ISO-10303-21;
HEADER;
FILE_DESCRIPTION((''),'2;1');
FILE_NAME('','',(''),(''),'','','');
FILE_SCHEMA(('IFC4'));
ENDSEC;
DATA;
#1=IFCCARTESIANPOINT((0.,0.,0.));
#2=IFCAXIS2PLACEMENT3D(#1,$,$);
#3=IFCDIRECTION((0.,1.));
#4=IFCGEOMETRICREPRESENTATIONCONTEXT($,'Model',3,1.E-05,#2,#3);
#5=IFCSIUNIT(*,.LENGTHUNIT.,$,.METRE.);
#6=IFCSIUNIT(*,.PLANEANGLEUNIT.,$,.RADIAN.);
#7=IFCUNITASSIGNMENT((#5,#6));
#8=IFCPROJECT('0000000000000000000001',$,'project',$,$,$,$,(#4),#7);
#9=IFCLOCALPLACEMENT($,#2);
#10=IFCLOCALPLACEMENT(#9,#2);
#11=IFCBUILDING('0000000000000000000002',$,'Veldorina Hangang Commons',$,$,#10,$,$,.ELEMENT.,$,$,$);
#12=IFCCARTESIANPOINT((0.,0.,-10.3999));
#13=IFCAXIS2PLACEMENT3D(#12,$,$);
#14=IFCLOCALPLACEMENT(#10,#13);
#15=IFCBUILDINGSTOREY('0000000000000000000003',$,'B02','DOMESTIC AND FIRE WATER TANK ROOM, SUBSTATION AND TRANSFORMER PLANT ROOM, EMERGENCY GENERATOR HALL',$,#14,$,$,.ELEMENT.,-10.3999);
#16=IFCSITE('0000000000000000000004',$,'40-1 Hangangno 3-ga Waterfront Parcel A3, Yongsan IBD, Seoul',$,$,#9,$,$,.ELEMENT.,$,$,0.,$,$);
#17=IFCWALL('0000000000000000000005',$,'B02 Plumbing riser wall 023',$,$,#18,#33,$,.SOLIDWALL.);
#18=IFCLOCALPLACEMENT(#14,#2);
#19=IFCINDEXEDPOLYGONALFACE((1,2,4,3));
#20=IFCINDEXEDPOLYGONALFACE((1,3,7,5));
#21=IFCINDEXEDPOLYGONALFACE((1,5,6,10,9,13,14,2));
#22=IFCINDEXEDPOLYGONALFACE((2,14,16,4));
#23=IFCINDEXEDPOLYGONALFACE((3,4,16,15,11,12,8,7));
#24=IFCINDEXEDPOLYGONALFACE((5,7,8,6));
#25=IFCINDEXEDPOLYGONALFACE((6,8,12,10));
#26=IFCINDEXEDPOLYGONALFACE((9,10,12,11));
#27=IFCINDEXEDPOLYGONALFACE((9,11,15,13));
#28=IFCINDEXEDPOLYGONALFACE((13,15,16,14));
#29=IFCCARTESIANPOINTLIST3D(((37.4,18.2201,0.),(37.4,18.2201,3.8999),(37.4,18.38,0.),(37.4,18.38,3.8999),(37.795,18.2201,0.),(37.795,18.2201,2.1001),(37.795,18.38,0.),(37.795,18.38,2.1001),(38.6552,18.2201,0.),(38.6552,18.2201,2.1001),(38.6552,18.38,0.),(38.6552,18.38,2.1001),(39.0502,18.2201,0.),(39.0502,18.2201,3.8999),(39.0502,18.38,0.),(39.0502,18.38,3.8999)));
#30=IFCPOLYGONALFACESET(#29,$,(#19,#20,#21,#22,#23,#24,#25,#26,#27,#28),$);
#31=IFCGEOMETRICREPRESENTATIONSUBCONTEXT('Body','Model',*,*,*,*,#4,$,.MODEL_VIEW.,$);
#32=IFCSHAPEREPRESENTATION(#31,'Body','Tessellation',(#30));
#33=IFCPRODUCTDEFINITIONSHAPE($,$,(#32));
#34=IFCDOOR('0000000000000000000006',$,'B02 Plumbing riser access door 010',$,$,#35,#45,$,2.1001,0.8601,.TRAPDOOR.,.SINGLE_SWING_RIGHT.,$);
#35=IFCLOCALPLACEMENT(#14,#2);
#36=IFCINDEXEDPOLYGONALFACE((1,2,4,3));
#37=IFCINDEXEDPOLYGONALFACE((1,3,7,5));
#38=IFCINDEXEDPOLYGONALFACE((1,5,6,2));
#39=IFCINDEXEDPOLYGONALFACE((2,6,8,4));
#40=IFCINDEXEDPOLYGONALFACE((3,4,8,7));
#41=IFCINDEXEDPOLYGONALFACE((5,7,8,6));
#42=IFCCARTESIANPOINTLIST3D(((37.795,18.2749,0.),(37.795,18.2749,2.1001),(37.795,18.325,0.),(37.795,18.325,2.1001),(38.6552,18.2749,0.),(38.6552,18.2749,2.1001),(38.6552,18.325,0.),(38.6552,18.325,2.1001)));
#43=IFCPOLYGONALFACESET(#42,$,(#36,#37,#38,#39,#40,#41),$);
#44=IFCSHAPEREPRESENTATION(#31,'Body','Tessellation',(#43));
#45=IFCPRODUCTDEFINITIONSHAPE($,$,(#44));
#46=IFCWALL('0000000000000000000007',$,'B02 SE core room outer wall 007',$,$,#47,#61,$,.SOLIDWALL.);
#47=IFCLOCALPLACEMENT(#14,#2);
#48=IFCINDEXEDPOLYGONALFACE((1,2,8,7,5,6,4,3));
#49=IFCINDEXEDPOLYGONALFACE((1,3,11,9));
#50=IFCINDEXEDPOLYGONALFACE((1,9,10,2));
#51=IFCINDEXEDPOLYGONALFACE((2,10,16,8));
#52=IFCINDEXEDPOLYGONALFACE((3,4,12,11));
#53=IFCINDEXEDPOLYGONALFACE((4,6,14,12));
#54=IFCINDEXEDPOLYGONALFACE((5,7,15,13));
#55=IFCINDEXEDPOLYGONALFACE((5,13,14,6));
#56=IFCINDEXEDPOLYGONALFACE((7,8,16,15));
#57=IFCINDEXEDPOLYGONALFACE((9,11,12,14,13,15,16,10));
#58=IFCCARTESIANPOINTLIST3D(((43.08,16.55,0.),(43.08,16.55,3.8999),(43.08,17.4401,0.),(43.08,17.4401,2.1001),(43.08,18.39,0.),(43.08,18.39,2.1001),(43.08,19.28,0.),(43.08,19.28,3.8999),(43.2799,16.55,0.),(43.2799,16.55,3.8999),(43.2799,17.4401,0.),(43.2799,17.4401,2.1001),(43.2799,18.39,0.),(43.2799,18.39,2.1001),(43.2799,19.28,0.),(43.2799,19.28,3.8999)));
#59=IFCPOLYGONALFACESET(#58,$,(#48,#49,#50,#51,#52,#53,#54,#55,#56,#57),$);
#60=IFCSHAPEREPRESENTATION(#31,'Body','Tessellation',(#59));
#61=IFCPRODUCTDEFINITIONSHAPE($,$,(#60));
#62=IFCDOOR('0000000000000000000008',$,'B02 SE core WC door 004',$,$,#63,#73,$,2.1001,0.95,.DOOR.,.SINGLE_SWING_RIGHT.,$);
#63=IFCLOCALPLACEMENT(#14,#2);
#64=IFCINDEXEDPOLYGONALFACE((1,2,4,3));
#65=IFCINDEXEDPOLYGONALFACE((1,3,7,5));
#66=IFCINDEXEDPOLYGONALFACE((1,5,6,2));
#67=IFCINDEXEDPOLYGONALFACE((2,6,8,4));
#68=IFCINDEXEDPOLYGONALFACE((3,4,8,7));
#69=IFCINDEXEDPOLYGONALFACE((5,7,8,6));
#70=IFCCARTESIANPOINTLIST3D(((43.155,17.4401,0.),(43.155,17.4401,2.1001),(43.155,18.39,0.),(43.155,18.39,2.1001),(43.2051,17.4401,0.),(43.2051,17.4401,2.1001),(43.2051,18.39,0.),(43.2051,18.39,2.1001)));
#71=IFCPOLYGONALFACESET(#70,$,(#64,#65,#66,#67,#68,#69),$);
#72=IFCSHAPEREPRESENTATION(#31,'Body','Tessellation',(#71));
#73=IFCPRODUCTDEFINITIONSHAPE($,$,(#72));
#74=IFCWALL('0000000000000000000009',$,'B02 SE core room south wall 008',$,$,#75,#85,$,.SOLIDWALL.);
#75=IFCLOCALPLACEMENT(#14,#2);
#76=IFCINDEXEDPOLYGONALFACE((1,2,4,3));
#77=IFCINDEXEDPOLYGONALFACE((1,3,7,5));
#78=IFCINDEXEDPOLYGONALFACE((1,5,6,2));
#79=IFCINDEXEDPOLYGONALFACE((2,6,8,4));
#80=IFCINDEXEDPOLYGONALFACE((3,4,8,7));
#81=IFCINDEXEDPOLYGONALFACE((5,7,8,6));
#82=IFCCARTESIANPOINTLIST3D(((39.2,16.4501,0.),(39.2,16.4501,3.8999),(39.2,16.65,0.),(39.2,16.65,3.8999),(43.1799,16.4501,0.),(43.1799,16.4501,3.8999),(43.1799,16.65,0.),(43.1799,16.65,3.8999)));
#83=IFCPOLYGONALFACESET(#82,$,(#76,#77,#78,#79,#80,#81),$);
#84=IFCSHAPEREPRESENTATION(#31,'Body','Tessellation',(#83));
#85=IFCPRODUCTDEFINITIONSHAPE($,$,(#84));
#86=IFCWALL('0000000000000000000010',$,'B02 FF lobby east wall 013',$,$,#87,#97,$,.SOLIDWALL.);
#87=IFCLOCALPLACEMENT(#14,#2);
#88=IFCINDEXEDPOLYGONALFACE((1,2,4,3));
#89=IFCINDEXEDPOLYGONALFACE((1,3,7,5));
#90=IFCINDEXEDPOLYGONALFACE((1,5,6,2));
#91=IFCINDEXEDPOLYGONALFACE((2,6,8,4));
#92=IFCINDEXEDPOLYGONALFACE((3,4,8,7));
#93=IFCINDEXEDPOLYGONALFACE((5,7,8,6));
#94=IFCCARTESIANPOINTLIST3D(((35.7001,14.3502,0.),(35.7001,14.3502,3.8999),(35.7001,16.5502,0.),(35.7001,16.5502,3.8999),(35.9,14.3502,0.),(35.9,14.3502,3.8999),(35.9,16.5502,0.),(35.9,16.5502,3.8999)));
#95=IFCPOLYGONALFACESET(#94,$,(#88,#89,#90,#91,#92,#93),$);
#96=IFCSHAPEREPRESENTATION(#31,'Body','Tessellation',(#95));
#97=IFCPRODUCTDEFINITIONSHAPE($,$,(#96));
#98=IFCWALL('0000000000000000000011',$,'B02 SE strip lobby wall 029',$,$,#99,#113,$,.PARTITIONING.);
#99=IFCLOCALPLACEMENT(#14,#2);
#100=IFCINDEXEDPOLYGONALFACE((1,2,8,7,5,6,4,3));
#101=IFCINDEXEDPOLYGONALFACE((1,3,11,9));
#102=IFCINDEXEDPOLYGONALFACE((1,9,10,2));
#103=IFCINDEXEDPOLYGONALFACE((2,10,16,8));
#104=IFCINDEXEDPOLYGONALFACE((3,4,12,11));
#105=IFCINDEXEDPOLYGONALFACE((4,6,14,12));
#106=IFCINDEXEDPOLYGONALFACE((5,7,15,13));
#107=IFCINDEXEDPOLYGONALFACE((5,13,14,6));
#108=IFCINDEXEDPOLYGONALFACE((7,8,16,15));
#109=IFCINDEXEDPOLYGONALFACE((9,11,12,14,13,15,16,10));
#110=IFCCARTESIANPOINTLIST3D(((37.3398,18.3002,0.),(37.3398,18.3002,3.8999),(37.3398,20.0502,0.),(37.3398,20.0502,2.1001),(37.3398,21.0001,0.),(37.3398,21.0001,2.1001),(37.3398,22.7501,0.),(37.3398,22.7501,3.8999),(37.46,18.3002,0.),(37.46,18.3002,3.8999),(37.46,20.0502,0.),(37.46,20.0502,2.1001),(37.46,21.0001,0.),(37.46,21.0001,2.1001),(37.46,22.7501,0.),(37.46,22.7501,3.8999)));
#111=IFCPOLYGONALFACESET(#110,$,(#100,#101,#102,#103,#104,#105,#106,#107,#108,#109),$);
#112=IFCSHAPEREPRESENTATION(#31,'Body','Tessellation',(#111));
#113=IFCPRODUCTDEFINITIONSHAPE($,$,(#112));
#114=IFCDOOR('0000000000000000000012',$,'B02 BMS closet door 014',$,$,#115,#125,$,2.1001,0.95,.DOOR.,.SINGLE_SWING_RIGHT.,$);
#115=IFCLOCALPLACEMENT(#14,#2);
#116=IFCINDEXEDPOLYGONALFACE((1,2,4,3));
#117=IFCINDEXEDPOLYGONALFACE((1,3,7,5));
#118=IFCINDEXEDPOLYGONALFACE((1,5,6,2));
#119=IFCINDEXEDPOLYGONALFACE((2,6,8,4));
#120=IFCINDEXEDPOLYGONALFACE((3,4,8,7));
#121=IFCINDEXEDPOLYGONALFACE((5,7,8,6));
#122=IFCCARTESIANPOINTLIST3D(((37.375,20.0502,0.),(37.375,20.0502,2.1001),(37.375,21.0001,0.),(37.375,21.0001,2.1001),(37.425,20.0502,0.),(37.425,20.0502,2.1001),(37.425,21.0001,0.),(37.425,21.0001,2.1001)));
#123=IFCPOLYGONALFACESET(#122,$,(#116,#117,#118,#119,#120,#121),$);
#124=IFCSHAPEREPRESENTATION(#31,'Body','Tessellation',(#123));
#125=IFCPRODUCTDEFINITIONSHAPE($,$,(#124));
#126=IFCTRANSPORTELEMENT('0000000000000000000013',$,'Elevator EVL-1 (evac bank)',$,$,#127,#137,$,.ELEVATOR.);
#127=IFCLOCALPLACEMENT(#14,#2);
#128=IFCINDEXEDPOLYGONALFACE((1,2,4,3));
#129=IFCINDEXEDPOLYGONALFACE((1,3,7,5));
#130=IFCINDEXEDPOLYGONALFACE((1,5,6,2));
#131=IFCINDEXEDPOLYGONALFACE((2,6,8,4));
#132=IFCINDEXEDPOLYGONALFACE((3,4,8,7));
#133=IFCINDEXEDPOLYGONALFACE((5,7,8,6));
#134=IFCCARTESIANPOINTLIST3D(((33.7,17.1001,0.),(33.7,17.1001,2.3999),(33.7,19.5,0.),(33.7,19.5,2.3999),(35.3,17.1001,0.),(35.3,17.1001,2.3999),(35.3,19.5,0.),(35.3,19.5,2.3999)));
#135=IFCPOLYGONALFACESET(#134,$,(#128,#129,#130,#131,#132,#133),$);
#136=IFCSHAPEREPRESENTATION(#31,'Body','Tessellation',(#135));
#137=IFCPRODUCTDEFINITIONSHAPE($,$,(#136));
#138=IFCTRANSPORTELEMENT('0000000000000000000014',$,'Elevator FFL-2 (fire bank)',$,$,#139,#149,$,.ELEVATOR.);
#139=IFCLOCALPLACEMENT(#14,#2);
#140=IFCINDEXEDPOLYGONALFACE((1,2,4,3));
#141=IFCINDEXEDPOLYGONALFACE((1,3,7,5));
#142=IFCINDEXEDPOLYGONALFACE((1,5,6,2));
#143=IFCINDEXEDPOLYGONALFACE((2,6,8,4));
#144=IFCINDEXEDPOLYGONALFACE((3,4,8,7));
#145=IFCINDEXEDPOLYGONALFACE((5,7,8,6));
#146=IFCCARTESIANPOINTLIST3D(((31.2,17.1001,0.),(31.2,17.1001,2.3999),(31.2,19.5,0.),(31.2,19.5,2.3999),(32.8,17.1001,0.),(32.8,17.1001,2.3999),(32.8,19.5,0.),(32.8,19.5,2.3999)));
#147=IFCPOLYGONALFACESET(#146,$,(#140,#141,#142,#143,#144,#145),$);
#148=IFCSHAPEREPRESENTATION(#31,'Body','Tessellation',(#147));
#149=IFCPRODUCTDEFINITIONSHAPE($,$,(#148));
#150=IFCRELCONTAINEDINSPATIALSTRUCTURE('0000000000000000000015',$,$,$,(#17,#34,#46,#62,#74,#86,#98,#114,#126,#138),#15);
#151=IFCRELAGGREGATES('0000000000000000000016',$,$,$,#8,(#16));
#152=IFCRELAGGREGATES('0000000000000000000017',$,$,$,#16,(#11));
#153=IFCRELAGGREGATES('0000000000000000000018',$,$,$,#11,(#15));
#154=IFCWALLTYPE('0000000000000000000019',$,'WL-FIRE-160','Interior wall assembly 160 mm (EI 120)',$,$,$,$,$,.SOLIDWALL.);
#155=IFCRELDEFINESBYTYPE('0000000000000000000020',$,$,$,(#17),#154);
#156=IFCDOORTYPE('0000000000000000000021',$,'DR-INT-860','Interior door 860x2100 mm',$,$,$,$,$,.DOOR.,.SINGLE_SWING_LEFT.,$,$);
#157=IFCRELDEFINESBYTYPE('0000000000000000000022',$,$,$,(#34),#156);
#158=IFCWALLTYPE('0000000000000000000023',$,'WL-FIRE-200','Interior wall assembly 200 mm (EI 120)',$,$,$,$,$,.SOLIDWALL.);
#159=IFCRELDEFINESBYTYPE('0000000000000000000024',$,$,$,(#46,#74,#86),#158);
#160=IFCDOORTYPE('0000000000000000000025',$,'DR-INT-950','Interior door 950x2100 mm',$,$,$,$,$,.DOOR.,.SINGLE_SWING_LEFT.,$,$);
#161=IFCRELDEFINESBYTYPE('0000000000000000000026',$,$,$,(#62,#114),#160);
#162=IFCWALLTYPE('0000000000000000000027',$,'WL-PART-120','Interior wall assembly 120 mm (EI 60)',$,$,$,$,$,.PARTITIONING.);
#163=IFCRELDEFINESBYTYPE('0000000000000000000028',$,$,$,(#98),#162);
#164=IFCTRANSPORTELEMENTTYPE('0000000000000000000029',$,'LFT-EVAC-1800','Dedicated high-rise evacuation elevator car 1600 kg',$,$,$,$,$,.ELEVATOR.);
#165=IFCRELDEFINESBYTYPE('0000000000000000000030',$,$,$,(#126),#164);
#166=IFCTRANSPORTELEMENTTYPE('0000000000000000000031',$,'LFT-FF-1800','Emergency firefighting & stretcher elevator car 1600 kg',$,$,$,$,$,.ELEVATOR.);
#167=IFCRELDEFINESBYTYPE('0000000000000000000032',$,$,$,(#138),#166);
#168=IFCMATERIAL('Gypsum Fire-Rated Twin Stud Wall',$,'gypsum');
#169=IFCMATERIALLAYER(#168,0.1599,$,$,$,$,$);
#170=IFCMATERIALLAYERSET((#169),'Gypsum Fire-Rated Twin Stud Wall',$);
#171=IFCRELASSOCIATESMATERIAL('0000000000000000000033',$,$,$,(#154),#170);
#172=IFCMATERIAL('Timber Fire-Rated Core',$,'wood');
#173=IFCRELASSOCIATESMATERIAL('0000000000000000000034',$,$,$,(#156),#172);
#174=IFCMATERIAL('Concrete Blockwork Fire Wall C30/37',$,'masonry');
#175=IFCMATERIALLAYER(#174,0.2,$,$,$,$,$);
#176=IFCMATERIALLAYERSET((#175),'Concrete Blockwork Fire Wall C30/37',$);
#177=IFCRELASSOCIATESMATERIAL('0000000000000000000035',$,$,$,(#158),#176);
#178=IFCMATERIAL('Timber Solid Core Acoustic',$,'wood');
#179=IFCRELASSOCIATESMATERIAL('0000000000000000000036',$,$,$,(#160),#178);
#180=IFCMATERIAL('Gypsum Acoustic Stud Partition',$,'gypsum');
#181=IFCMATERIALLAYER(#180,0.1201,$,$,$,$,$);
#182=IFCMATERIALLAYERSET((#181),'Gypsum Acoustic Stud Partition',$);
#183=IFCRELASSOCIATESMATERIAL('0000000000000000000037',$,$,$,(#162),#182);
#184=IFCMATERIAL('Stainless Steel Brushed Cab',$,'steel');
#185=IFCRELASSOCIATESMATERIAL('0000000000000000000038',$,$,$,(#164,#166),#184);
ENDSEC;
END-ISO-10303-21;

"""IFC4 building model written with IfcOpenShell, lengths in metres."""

from ifc_helpers import new_model, si_unit, direction, frame, frame_2d, origin, origin_2d, place, context, subcontext, project, spatial, rectangle, extrude, material, layer, layer_set, type_object, element, fill, save


model = new_model("IFC4")

# Units and contexts
model_context = context("Model", 3, precision=1e-05, world=origin(), true_north=direction((0.0, 1.0)))
body_context = subcontext(model_context, "Body", "Model", "MODEL_VIEW")
ifc_project = project(units=[si_unit("LENGTHUNIT", "METRE"), si_unit("PLANEANGLEUNIT", "RADIAN")], contexts=[model_context])

# Site, building, storey
site_placement = place(None, origin())
site = spatial("IfcSite", under=ifc_project, at=site_placement, Name="40-1 Hangangno 3-ga Waterfront Parcel A3, Yongsan IBD, Seoul", CompositionType="ELEMENT", RefElevation=0.0)
building_placement = place(site_placement, origin())
building = spatial("IfcBuilding", under=site, at=building_placement, Name="Veldorina Hangang Commons", CompositionType="ELEMENT")
storey_placement = place(building_placement, frame((0.0, 0.0, -10.3999)))
storey = spatial("IfcBuildingStorey", under=building, at=storey_placement, Name="B02", Description="DOMESTIC AND FIRE WATER TANK ROOM, SUBSTATION AND TRANSFORMER PLANT ROOM, EMERGENCY GENERATOR HALL", CompositionType="ELEMENT", Elevation=-10.3999)

# Shared definitions
ifc_material_1 = material(Name="Gypsum Fire-Rated Twin Stud Wall", Category="gypsum")
ifc_layer_1 = layer(ifc_material_1, 0.1599)
ifc_layer_set_1 = layer_set([ifc_layer_1], Name="Gypsum Fire-Rated Twin Stud Wall")
wall_type_1 = type_object("IfcWallType", Name="WL-FIRE-160", Description="Interior wall assembly 160 mm (EI 120)", PredefinedType="SOLIDWALL", material=ifc_layer_set_1)

# Walls, openings, doors
wall_1_placement = place(storey_placement, frame((37.3999, 18.3, 0.0), z_axis=(0.0, 0.0, 1.0), x_axis=(1.0, 0.0, 0.0)))
wall_1 = element("IfcWall", 1, at=wall_1_placement, inside=storey, type_object=wall_type_1, Name="B02 Plumbing riser wall 023", PredefinedType="SOLIDWALL", context=body_context, shape_type="SweptSolid", body=[
    extrude(rectangle(XDim=1.6501, YDim=0.1599, at=frame_2d((0.8252, 0.0))), origin(), (0.0, 0.0, 1.0), 3.8999),
])
opening_1_placement = place(wall_1_placement, frame((0.395, 0.0, 0.0)))
opening_1 = element("IfcOpeningElement", 2, at=opening_1_placement, cuts=wall_1, PredefinedType="OPENING", context=body_context, shape_type="SweptSolid", body=[
    extrude(rectangle(XDim=0.8601, YDim=2.1001, at=frame_2d((0.4302, 1.05))), frame((0.0, 0.0898, 0.0), z_axis=(0.0, -1.0, 0.0), x_axis=(1.0, 0.0, 0.0)), (0.0, 0.0, 1.0), 0.1799),
])
ifc_material_2 = material(Name="Timber Fire-Rated Core", Category="wood")
door_type_1 = type_object("IfcDoorType", Name="DR-INT-860", Description="Interior door 860x2100 mm", OperationType="SINGLE_SWING_LEFT", PredefinedType="DOOR", material=ifc_material_2)
door_1_placement = place(opening_1_placement, origin())
door_1 = element("IfcDoor", 3, at=door_1_placement, inside=storey, type_object=door_type_1, Name="B02 Plumbing riser access door 010", OperationType="SINGLE_SWING_RIGHT", OverallHeight=2.1001, OverallWidth=0.8601, PredefinedType="TRAPDOOR", context=body_context, shape_type="SweptSolid", body=[
    extrude(rectangle(XDim=0.8601, YDim=2.1001, at=frame_2d((0.4302, 1.05))), frame((0.0, 0.0249, 0.0), z_axis=(0.0, -1.0, 0.0), x_axis=(1.0, 0.0, 0.0)), (0.0, 0.0, 1.0), 0.05),
])
fill(opening_1, door_1)
ifc_material_3 = material(Name="Concrete Blockwork Fire Wall C30/37", Category="masonry")
ifc_layer_2 = layer(ifc_material_3, 0.2)
ifc_layer_set_2 = layer_set([ifc_layer_2], Name="Concrete Blockwork Fire Wall C30/37")
wall_type_2 = type_object("IfcWallType", Name="WL-FIRE-200", Description="Interior wall assembly 200 mm (EI 120)", PredefinedType="SOLIDWALL", material=ifc_layer_set_2)
wall_2_placement = place(storey_placement, frame((43.1799, 16.55, 0.0), z_axis=(0.0, 0.0, 1.0), x_axis=(0.0, 1.0, 0.0)))
wall_2 = element("IfcWall", 4, at=wall_2_placement, inside=storey, type_object=wall_type_2, Name="B02 SE core room outer wall 007", PredefinedType="SOLIDWALL", context=body_context, shape_type="SweptSolid", body=[
    extrude(rectangle(XDim=2.73, YDim=0.2, at=frame_2d((1.365, 0.0))), origin(), (0.0, 0.0, 1.0), 3.8999),
])
opening_2_placement = place(wall_2_placement, frame((0.8899, 0.0, 0.0)))
opening_2 = element("IfcOpeningElement", 5, at=opening_2_placement, cuts=wall_2, PredefinedType="OPENING", context=body_context, shape_type="SweptSolid", body=[
    extrude(rectangle(XDim=0.95, YDim=2.1001, at=frame_2d((0.4751, 1.05))), frame((0.0, 0.1099, 0.0), z_axis=(0.0, -1.0, 0.0), x_axis=(1.0, 0.0, 0.0)), (0.0, 0.0, 1.0), 0.22),
])
ifc_material_4 = material(Name="Timber Solid Core Acoustic", Category="wood")
door_type_2 = type_object("IfcDoorType", Name="DR-INT-950", Description="Interior door 950x2100 mm", OperationType="SINGLE_SWING_LEFT", PredefinedType="DOOR", material=ifc_material_4)
door_2_placement = place(opening_2_placement, origin())
door_2 = element("IfcDoor", 6, at=door_2_placement, inside=storey, type_object=door_type_2, Name="B02 SE core WC door 004", OperationType="SINGLE_SWING_RIGHT", OverallHeight=2.1001, OverallWidth=0.95, PredefinedType="DOOR", context=body_context, shape_type="SweptSolid", body=[
    extrude(rectangle(XDim=0.95, YDim=2.1001, at=frame_2d((0.4751, 1.05))), frame((0.0, 0.0249, 0.0), z_axis=(0.0, -1.0, 0.0), x_axis=(1.0, 0.0, 0.0)), (0.0, 0.0, 1.0), 0.05),
])
fill(opening_2, door_2)

# Walls
wall_3_placement = place(storey_placement, frame((39.2, 16.55, 0.0), z_axis=(0.0, 0.0, 1.0), x_axis=(1.0, 0.0, 0.0)))
element("IfcWall", 7, at=wall_3_placement, inside=storey, type_object=wall_type_2, Name="B02 SE core room south wall 008", PredefinedType="SOLIDWALL", context=body_context, shape_type="SweptSolid", body=[
    extrude(rectangle(XDim=3.98, YDim=0.2, at=frame_2d((1.99, 0.0))), origin(), (0.0, 0.0, 1.0), 3.8999),
])
wall_4_placement = place(storey_placement, frame((35.8, 14.3501, 0.0), z_axis=(0.0, 0.0, 1.0), x_axis=(0.0, 1.0, 0.0)))
element("IfcWall", 8, at=wall_4_placement, inside=storey, type_object=wall_type_2, Name="B02 FF lobby east wall 013", PredefinedType="SOLIDWALL", context=body_context, shape_type="SweptSolid", body=[
    extrude(rectangle(XDim=2.2, YDim=0.2, at=frame_2d((1.1001, 0.0))), origin(), (0.0, 0.0, 1.0), 3.8999),
])

# Wall, opening, door
ifc_material_5 = material(Name="Gypsum Acoustic Stud Partition", Category="gypsum")
ifc_layer_3 = layer(ifc_material_5, 0.1201)
ifc_layer_set_3 = layer_set([ifc_layer_3], Name="Gypsum Acoustic Stud Partition")
wall_type_3 = type_object("IfcWallType", Name="WL-PART-120", Description="Interior wall assembly 120 mm (EI 60)", PredefinedType="PARTITIONING", material=ifc_layer_set_3)
wall_5_placement = place(storey_placement, frame((37.3999, 18.3, 0.0), z_axis=(0.0, 0.0, 1.0), x_axis=(0.0, 1.0, 0.0)))
wall_5 = element("IfcWall", 9, at=wall_5_placement, inside=storey, type_object=wall_type_3, Name="B02 SE strip lobby wall 029", PredefinedType="PARTITIONING", context=body_context, shape_type="SweptSolid", body=[
    extrude(rectangle(XDim=4.45, YDim=0.1201, at=frame_2d((2.2251, 0.0))), origin(), (0.0, 0.0, 1.0), 3.8999),
])
opening_3_placement = place(wall_5_placement, frame((1.75, 0.0, 0.0)))
opening_3 = element("IfcOpeningElement", 10, at=opening_3_placement, cuts=wall_5, PredefinedType="OPENING", context=body_context, shape_type="SweptSolid", body=[
    extrude(rectangle(XDim=0.95, YDim=2.1001, at=frame_2d((0.4751, 1.05))), frame((0.0, 0.0701, 0.0), z_axis=(0.0, -1.0, 0.0), x_axis=(1.0, 0.0, 0.0)), (0.0, 0.0, 1.0), 0.1401),
])
door_3_placement = place(opening_3_placement, origin())
door_3 = element("IfcDoor", 11, at=door_3_placement, inside=storey, type_object=door_type_2, Name="B02 BMS closet door 014", OperationType="SINGLE_SWING_RIGHT", OverallHeight=2.1001, OverallWidth=0.95, PredefinedType="DOOR", context=body_context, shape_type="SweptSolid", body=[
    extrude(rectangle(XDim=0.95, YDim=2.1001, at=frame_2d((0.4751, 1.05))), frame((0.0, 0.0249, 0.0), z_axis=(0.0, -1.0, 0.0), x_axis=(1.0, 0.0, 0.0)), (0.0, 0.0, 1.0), 0.05),
])
fill(opening_3, door_3)

# Transport elements
ifc_material_6 = material(Name="Stainless Steel Brushed Cab", Category="steel")
transport_element_type_1 = type_object("IfcTransportElementType", Name="LFT-EVAC-1800", Description="Dedicated high-rise evacuation elevator car 1600 kg", PredefinedType="ELEVATOR", material=ifc_material_6)
transport_element_1_placement = place(storey_placement, frame((34.5, 18.3, 0.0), z_axis=(0.0, 0.0, 1.0), x_axis=(1.0, 0.0, 0.0)))
element("IfcTransportElement", 12, at=transport_element_1_placement, inside=storey, type_object=transport_element_type_1, Name="Elevator EVL-1 (evac bank)", PredefinedType="ELEVATOR", context=body_context, shape_type="SweptSolid", body=[
    extrude(rectangle(XDim=1.6001, YDim=2.3999, at=origin_2d()), origin(), (0.0, 0.0, 1.0), 2.3999),
])
transport_element_type_2 = type_object("IfcTransportElementType", Name="LFT-FF-1800", Description="Emergency firefighting & stretcher elevator car 1600 kg", PredefinedType="ELEVATOR", material=ifc_material_6)
transport_element_2_placement = place(storey_placement, frame((32.0, 18.3, 0.0), z_axis=(0.0, 0.0, 1.0), x_axis=(1.0, 0.0, 0.0)))
element("IfcTransportElement", 13, at=transport_element_2_placement, inside=storey, type_object=transport_element_type_2, Name="Elevator FFL-2 (fire bank)", PredefinedType="ELEVATOR", context=body_context, shape_type="SweptSolid", body=[
    extrude(rectangle(XDim=1.6001, YDim=2.3999, at=origin_2d()), origin(), (0.0, 0.0, 1.0), 2.3999),
])

save(model, "model.ifc")
